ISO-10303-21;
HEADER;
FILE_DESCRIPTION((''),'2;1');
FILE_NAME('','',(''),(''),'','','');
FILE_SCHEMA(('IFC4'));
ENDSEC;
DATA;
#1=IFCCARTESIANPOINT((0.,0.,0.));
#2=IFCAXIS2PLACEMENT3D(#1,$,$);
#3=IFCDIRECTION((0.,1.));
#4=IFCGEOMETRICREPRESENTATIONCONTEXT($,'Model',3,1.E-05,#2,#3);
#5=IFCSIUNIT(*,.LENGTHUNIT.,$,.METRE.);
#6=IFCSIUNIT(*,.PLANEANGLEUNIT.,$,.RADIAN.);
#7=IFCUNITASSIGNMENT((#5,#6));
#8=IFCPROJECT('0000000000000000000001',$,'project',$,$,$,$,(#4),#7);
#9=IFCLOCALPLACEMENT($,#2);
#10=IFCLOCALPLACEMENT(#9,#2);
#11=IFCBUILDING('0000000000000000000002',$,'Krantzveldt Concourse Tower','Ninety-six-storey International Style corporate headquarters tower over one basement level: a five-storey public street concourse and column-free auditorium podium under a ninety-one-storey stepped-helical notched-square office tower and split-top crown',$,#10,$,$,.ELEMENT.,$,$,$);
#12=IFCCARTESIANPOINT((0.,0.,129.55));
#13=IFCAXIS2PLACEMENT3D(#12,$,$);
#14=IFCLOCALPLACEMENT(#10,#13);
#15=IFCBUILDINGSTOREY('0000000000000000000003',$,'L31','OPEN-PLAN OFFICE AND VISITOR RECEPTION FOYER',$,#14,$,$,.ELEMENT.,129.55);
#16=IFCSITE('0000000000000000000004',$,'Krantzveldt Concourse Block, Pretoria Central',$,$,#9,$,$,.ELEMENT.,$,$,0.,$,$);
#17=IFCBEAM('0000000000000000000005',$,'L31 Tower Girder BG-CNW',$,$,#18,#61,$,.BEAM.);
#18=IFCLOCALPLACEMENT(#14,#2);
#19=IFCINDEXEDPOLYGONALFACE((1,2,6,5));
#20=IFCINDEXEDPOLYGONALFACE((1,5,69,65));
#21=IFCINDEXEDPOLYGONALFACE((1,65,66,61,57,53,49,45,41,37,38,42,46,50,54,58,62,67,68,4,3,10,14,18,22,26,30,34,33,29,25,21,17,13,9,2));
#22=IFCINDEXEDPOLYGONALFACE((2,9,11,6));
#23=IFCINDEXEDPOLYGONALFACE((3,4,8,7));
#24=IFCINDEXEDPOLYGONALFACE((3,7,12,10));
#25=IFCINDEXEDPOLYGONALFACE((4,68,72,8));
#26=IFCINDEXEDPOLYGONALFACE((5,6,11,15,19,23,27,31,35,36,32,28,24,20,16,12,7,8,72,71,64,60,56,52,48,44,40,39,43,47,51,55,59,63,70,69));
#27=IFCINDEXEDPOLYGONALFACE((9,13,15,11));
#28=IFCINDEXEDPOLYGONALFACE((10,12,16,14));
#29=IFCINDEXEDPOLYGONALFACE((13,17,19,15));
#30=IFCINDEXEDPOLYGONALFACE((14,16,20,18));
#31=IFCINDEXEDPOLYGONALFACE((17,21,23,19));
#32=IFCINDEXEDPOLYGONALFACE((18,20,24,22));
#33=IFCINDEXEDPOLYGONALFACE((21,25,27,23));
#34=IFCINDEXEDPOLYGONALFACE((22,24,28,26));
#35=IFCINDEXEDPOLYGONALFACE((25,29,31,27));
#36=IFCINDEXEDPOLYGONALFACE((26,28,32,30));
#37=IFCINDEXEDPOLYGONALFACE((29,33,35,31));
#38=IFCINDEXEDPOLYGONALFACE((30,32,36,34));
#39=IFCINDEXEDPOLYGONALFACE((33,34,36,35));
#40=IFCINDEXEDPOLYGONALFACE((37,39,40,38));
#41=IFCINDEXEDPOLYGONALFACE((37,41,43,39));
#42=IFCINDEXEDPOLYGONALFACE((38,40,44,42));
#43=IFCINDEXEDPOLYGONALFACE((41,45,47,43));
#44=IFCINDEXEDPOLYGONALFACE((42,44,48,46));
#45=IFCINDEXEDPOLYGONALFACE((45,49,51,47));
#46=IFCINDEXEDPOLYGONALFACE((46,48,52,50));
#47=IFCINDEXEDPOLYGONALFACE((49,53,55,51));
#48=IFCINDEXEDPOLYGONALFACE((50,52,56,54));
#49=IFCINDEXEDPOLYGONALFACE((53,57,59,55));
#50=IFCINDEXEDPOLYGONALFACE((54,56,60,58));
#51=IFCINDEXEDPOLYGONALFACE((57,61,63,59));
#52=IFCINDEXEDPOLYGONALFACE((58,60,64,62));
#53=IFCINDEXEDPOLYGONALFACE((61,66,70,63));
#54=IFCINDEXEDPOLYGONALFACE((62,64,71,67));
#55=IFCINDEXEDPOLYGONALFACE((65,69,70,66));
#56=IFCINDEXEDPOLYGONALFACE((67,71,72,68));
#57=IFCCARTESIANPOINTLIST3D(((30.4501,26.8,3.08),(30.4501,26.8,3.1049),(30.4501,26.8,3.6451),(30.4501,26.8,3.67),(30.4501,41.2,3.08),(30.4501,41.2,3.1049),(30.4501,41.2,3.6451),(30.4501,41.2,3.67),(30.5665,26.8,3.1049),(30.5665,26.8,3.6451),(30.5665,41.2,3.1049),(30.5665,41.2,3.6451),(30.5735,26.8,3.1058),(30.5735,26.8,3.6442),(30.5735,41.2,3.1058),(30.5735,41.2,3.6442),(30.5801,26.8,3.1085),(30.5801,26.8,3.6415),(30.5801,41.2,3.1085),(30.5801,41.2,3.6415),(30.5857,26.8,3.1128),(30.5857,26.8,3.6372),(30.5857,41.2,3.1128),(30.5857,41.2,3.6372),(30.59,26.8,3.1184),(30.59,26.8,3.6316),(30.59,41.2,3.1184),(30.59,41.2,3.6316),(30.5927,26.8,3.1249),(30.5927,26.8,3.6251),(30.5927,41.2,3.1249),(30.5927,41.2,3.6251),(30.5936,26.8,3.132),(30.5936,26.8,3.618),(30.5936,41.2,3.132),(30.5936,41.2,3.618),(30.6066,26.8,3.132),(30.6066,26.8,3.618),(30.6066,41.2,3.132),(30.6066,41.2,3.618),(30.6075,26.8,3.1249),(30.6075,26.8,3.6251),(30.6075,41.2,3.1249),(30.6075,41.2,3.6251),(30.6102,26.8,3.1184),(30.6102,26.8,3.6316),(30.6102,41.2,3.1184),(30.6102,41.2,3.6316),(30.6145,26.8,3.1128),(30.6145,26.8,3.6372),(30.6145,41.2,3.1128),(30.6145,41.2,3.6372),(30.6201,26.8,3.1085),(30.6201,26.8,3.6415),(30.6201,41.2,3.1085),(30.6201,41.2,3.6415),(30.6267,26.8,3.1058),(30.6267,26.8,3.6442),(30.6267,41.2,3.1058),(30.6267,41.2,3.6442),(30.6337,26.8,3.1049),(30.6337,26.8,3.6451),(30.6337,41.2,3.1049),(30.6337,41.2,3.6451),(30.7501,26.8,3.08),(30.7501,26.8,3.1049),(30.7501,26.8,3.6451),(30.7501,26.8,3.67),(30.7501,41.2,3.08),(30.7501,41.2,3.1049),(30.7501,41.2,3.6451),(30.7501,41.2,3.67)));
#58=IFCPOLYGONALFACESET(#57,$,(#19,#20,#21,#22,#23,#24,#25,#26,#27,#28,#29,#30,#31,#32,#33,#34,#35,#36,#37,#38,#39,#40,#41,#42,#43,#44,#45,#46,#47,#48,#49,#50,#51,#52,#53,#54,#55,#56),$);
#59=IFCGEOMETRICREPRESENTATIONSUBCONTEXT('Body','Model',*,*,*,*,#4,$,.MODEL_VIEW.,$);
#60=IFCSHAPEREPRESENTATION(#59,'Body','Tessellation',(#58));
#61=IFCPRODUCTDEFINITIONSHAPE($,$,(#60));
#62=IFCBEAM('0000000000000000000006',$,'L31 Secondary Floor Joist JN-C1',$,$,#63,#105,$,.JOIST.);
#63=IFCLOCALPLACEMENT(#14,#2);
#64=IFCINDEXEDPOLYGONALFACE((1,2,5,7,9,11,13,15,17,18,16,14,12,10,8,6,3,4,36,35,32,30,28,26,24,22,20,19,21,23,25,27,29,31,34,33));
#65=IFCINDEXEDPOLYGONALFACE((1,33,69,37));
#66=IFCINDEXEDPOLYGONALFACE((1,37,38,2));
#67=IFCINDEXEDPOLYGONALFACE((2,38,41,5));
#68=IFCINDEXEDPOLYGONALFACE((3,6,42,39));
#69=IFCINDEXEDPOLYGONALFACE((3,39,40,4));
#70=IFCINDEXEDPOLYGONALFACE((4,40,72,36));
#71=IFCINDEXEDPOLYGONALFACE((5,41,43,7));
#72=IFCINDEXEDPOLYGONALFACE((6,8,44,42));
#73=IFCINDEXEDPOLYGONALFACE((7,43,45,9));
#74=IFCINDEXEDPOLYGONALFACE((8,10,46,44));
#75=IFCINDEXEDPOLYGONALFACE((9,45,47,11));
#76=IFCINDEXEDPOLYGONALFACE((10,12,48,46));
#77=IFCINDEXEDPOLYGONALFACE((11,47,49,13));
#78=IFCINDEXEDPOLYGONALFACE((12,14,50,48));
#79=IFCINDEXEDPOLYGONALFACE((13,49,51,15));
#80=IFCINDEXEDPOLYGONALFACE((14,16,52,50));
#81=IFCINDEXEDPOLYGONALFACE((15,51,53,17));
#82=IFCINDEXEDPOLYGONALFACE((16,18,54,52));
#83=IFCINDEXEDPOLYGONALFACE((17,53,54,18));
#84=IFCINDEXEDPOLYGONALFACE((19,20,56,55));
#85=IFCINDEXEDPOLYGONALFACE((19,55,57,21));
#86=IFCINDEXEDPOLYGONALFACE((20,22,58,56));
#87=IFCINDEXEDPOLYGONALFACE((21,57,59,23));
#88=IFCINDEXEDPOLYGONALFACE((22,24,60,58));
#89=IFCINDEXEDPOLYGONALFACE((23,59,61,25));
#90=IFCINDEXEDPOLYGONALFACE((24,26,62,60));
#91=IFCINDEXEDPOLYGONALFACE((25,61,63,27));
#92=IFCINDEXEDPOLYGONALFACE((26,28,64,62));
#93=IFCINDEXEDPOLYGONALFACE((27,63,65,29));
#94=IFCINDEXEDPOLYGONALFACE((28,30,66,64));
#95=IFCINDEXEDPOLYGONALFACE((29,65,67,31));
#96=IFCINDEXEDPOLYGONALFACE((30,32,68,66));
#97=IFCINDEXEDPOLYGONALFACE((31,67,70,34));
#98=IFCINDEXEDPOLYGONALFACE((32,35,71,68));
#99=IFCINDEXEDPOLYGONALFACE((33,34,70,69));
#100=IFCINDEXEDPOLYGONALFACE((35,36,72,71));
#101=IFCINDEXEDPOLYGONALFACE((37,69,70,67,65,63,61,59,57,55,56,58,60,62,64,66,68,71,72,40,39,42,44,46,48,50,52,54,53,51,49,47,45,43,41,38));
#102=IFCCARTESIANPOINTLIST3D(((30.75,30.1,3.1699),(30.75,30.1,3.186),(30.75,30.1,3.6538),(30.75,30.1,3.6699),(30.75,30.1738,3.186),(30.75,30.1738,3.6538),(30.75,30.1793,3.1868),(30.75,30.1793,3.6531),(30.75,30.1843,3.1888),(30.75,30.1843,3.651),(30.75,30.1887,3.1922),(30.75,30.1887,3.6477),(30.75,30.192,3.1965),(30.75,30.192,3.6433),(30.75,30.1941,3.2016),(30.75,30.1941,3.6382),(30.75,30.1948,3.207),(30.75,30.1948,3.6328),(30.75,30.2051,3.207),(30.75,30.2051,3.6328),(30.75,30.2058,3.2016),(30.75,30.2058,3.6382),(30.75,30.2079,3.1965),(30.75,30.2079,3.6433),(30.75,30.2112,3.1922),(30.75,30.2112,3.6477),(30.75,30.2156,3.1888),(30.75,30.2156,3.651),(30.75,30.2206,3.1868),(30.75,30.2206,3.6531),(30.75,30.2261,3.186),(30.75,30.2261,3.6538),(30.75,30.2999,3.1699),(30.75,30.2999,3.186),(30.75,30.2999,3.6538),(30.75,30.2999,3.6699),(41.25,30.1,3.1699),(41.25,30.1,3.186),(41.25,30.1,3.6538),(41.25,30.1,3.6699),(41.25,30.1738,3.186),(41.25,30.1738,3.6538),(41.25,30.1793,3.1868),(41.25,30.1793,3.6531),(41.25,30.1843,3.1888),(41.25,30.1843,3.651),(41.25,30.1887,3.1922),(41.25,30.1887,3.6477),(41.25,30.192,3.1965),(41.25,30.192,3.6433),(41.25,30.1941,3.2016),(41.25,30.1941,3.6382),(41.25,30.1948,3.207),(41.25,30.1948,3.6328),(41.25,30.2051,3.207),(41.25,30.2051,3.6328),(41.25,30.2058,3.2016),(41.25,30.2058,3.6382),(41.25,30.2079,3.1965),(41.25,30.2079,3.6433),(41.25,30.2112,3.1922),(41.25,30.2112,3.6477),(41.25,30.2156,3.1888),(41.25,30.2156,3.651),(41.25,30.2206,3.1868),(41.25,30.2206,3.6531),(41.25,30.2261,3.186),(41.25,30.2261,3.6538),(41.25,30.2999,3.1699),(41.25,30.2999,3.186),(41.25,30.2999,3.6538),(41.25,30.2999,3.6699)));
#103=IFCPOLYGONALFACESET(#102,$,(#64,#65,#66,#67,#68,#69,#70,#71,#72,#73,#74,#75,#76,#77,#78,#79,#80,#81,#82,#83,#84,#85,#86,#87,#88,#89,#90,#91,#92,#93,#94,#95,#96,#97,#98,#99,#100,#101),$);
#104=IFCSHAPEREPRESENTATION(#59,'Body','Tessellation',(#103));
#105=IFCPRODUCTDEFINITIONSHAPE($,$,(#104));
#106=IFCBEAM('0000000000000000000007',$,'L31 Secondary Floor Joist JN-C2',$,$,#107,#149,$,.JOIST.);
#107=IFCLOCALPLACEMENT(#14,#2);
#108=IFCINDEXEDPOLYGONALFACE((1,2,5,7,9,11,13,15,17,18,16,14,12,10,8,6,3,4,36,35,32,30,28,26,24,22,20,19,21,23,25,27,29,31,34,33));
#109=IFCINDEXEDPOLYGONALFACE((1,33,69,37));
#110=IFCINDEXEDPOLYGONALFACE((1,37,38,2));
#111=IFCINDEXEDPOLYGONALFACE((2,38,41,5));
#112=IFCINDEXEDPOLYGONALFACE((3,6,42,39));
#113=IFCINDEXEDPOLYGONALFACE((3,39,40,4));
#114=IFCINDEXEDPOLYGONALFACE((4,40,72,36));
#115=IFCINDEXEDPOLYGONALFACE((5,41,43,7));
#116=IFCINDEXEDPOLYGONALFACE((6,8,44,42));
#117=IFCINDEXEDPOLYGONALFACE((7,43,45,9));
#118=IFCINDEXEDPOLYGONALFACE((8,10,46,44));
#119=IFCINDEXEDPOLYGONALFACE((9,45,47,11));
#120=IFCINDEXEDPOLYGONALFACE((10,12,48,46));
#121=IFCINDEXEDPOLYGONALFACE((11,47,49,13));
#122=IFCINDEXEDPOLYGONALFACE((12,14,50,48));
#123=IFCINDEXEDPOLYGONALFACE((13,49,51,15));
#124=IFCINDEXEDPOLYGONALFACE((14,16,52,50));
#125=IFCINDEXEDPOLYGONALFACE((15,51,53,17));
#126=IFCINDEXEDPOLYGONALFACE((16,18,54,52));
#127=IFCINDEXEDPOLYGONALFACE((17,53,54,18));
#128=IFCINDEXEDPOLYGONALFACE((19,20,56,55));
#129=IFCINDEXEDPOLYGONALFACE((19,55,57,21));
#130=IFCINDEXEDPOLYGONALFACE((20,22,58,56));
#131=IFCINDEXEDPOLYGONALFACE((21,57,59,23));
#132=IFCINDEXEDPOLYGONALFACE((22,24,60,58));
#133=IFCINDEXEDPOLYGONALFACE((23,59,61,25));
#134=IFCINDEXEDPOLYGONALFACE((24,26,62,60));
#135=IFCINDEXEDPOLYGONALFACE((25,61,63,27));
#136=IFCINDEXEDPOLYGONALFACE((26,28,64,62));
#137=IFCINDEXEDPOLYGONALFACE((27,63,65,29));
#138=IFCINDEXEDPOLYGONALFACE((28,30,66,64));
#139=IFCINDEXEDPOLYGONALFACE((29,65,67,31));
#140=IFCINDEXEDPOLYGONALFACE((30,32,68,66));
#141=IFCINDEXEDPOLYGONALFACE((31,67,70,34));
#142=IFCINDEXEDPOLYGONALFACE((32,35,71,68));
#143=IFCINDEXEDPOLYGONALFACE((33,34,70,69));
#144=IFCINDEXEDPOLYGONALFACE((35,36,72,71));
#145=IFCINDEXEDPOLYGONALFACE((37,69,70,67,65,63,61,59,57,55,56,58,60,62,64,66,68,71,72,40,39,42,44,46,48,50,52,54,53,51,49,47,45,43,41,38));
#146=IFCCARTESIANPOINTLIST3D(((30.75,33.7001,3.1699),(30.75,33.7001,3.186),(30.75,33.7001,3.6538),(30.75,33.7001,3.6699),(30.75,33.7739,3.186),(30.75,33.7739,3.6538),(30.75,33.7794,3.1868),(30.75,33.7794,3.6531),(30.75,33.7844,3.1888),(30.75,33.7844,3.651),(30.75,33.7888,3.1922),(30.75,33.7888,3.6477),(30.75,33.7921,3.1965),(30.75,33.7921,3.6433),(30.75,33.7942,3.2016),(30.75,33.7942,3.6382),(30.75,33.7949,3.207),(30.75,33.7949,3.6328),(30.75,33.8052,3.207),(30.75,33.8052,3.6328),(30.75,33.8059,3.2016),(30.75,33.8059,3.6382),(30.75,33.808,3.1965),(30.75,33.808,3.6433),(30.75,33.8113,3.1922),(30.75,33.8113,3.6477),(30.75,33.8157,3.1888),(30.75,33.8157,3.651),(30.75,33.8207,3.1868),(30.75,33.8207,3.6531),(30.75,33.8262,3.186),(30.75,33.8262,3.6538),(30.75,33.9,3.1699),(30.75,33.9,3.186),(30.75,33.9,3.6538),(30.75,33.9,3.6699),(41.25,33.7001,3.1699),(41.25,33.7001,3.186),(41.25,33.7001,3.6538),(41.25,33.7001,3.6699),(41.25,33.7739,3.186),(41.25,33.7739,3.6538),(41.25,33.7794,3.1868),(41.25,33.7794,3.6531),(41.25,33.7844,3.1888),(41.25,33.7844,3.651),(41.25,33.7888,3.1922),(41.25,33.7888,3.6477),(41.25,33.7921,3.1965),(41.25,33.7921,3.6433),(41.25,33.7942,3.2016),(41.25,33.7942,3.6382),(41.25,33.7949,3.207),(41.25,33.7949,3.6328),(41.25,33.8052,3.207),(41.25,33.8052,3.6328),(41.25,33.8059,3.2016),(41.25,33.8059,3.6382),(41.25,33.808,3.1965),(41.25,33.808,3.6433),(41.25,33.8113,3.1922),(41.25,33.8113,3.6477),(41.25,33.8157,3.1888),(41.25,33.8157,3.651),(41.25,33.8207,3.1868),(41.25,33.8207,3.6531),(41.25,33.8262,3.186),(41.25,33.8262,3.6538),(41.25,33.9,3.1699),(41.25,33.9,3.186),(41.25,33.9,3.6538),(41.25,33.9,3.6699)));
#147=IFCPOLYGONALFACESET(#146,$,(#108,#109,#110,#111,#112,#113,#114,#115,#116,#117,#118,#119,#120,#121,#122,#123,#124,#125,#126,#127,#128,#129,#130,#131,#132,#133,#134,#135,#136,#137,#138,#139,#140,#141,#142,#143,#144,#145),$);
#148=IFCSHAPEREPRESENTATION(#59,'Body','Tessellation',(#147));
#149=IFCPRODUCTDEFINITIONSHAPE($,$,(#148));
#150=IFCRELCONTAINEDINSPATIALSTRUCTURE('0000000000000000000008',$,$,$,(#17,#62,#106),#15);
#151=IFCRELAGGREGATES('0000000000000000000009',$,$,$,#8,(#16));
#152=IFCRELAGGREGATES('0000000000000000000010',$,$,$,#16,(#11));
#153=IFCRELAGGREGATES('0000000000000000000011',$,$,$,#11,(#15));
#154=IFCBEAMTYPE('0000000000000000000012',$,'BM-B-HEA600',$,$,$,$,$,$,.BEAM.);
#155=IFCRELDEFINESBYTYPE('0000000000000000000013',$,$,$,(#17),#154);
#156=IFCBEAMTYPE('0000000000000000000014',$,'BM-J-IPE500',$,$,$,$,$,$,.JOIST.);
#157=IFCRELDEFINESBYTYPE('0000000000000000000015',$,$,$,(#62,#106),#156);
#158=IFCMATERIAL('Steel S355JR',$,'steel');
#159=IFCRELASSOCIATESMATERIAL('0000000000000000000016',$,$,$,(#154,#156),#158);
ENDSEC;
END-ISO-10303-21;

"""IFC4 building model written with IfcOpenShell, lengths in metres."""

from ifc_helpers import new_model, si_unit, direction, frame, origin, origin_2d, place, context, subcontext, project, spatial, i_section, extrude, source, transform, mapped, material, material_profile, profile_set, type_object, type_shapes, element, save


model = new_model("IFC4")

# Units and contexts
model_context = context("Model", 3, precision=1e-05, world=origin(), true_north=direction((0.0, 1.0)))
body_context = subcontext(model_context, "Body", "Model", "MODEL_VIEW")
ifc_project = project(units=[si_unit("LENGTHUNIT", "METRE"), si_unit("PLANEANGLEUNIT", "RADIAN")], contexts=[model_context])

# Site, building, storey
site_placement = place(None, origin())
site = spatial("IfcSite", under=ifc_project, at=site_placement, Name="Krantzveldt Concourse Block, Pretoria Central", CompositionType="ELEMENT", RefElevation=0.0)
building_placement = place(site_placement, origin())
building = spatial("IfcBuilding", under=site, at=building_placement, Name="Krantzveldt Concourse Tower", Description="Ninety-six-storey International Style corporate headquarters tower over one basement level: a five-storey public street concourse and column-free auditorium podium under a ninety-one-storey stepped-helical notched-square office tower and split-top crown", CompositionType="ELEMENT")
storey_placement = place(building_placement, frame((0.0, 0.0, 129.55)))
storey = spatial("IfcBuildingStorey", under=building, at=storey_placement, Name="L31", Description="OPEN-PLAN OFFICE AND VISITOR RECEPTION FOYER", CompositionType="ELEMENT", Elevation=129.55)

# Beams
ifc_material_1 = material(Name="Steel S355JR", Category="steel")
ifc_material_profile_1 = material_profile(ifc_material_1, i_section(OverallWidth=0.3, OverallDepth=0.5901, WebThickness=0.0129, FlangeThickness=0.0249, FilletRadius=0.0271, at=origin_2d()), Name="Steel S355JR", Category="steel")
ifc_profile_set_1 = profile_set([ifc_material_profile_1], Name="Steel S355JR - HEA 600")
beam_type_1 = type_object("IfcBeamType", Name="BM-B-HEA600", PredefinedType="BEAM", material=ifc_profile_set_1)
shared_shape_1 = source(origin(), body_context, "Body", "SweptSolid", [
    extrude(i_section(OverallWidth=0.3, OverallDepth=0.5901, WebThickness=0.0129, FlangeThickness=0.0249, FilletRadius=0.0271, at=origin_2d()), origin(), (0.0, 0.0, 1.0), 14.3999),
])
type_shapes(beam_type_1, [shared_shape_1])
beam_1_placement = place(storey_placement, frame((30.6001, 26.8, 3.375), z_axis=(0.0, 1.0, 0.0), x_axis=(-1.0, 0.0, 0.0)))
element("IfcBeam", 1, at=beam_1_placement, inside=storey, type_object=beam_type_1, Name="L31 Tower Girder BG-CNW", PredefinedType="BEAM", context=body_context, shape_type="MappedRepresentation", body=[
    mapped(shared_shape_1, transform((0.0, 0.0, 0.0), x_axis=(1.0, 0.0, 0.0), y_axis=(0.0, 1.0, 0.0), z_axis=(0.0, 0.0, 1.0), scale=1.0)),
])
ifc_material_profile_2 = material_profile(ifc_material_1, i_section(OverallWidth=0.2, OverallDepth=0.5, WebThickness=0.0103, FlangeThickness=0.0161, FilletRadius=0.021, at=origin_2d()), Name="Steel S355JR", Category="steel")
ifc_profile_set_2 = profile_set([ifc_material_profile_2], Name="Steel S355JR - IPE 500")
beam_type_2 = type_object("IfcBeamType", Name="BM-J-IPE500", PredefinedType="JOIST", material=ifc_profile_set_2)
shared_shape_2 = source(origin(), body_context, "Body", "SweptSolid", [
    extrude(i_section(OverallWidth=0.2, OverallDepth=0.5, WebThickness=0.0103, FlangeThickness=0.0161, FilletRadius=0.021, at=origin_2d()), origin(), (0.0, 0.0, 1.0), 10.5),
])
for number, where, z_axis, x_axis, name in (
    (2, (30.75, 30.2, 3.4199), (1.0, 0.0, 0.0), (0.0, 1.0, 0.0), "L31 Secondary Floor Joist JN-C1"),
    (3, (30.75, 33.8, 3.4199), (1.0, 0.0, 0.0), (0.0, 1.0, 0.0), "L31 Secondary Floor Joist JN-C2"),
):
    element("IfcBeam", number, at=place(storey_placement, frame(where, z_axis=z_axis, x_axis=x_axis)), inside=storey, type_object=beam_type_2, Name=name, PredefinedType="JOIST", context=body_context, shape_type="MappedRepresentation", body=[
        mapped(shared_shape_2, transform((0.0, 0.0, 0.0), x_axis=(1.0, 0.0, 0.0), y_axis=(0.0, 1.0, 0.0), z_axis=(0.0, 0.0, 1.0), scale=1.0)),
    ])

save(model, "model.ifc")
